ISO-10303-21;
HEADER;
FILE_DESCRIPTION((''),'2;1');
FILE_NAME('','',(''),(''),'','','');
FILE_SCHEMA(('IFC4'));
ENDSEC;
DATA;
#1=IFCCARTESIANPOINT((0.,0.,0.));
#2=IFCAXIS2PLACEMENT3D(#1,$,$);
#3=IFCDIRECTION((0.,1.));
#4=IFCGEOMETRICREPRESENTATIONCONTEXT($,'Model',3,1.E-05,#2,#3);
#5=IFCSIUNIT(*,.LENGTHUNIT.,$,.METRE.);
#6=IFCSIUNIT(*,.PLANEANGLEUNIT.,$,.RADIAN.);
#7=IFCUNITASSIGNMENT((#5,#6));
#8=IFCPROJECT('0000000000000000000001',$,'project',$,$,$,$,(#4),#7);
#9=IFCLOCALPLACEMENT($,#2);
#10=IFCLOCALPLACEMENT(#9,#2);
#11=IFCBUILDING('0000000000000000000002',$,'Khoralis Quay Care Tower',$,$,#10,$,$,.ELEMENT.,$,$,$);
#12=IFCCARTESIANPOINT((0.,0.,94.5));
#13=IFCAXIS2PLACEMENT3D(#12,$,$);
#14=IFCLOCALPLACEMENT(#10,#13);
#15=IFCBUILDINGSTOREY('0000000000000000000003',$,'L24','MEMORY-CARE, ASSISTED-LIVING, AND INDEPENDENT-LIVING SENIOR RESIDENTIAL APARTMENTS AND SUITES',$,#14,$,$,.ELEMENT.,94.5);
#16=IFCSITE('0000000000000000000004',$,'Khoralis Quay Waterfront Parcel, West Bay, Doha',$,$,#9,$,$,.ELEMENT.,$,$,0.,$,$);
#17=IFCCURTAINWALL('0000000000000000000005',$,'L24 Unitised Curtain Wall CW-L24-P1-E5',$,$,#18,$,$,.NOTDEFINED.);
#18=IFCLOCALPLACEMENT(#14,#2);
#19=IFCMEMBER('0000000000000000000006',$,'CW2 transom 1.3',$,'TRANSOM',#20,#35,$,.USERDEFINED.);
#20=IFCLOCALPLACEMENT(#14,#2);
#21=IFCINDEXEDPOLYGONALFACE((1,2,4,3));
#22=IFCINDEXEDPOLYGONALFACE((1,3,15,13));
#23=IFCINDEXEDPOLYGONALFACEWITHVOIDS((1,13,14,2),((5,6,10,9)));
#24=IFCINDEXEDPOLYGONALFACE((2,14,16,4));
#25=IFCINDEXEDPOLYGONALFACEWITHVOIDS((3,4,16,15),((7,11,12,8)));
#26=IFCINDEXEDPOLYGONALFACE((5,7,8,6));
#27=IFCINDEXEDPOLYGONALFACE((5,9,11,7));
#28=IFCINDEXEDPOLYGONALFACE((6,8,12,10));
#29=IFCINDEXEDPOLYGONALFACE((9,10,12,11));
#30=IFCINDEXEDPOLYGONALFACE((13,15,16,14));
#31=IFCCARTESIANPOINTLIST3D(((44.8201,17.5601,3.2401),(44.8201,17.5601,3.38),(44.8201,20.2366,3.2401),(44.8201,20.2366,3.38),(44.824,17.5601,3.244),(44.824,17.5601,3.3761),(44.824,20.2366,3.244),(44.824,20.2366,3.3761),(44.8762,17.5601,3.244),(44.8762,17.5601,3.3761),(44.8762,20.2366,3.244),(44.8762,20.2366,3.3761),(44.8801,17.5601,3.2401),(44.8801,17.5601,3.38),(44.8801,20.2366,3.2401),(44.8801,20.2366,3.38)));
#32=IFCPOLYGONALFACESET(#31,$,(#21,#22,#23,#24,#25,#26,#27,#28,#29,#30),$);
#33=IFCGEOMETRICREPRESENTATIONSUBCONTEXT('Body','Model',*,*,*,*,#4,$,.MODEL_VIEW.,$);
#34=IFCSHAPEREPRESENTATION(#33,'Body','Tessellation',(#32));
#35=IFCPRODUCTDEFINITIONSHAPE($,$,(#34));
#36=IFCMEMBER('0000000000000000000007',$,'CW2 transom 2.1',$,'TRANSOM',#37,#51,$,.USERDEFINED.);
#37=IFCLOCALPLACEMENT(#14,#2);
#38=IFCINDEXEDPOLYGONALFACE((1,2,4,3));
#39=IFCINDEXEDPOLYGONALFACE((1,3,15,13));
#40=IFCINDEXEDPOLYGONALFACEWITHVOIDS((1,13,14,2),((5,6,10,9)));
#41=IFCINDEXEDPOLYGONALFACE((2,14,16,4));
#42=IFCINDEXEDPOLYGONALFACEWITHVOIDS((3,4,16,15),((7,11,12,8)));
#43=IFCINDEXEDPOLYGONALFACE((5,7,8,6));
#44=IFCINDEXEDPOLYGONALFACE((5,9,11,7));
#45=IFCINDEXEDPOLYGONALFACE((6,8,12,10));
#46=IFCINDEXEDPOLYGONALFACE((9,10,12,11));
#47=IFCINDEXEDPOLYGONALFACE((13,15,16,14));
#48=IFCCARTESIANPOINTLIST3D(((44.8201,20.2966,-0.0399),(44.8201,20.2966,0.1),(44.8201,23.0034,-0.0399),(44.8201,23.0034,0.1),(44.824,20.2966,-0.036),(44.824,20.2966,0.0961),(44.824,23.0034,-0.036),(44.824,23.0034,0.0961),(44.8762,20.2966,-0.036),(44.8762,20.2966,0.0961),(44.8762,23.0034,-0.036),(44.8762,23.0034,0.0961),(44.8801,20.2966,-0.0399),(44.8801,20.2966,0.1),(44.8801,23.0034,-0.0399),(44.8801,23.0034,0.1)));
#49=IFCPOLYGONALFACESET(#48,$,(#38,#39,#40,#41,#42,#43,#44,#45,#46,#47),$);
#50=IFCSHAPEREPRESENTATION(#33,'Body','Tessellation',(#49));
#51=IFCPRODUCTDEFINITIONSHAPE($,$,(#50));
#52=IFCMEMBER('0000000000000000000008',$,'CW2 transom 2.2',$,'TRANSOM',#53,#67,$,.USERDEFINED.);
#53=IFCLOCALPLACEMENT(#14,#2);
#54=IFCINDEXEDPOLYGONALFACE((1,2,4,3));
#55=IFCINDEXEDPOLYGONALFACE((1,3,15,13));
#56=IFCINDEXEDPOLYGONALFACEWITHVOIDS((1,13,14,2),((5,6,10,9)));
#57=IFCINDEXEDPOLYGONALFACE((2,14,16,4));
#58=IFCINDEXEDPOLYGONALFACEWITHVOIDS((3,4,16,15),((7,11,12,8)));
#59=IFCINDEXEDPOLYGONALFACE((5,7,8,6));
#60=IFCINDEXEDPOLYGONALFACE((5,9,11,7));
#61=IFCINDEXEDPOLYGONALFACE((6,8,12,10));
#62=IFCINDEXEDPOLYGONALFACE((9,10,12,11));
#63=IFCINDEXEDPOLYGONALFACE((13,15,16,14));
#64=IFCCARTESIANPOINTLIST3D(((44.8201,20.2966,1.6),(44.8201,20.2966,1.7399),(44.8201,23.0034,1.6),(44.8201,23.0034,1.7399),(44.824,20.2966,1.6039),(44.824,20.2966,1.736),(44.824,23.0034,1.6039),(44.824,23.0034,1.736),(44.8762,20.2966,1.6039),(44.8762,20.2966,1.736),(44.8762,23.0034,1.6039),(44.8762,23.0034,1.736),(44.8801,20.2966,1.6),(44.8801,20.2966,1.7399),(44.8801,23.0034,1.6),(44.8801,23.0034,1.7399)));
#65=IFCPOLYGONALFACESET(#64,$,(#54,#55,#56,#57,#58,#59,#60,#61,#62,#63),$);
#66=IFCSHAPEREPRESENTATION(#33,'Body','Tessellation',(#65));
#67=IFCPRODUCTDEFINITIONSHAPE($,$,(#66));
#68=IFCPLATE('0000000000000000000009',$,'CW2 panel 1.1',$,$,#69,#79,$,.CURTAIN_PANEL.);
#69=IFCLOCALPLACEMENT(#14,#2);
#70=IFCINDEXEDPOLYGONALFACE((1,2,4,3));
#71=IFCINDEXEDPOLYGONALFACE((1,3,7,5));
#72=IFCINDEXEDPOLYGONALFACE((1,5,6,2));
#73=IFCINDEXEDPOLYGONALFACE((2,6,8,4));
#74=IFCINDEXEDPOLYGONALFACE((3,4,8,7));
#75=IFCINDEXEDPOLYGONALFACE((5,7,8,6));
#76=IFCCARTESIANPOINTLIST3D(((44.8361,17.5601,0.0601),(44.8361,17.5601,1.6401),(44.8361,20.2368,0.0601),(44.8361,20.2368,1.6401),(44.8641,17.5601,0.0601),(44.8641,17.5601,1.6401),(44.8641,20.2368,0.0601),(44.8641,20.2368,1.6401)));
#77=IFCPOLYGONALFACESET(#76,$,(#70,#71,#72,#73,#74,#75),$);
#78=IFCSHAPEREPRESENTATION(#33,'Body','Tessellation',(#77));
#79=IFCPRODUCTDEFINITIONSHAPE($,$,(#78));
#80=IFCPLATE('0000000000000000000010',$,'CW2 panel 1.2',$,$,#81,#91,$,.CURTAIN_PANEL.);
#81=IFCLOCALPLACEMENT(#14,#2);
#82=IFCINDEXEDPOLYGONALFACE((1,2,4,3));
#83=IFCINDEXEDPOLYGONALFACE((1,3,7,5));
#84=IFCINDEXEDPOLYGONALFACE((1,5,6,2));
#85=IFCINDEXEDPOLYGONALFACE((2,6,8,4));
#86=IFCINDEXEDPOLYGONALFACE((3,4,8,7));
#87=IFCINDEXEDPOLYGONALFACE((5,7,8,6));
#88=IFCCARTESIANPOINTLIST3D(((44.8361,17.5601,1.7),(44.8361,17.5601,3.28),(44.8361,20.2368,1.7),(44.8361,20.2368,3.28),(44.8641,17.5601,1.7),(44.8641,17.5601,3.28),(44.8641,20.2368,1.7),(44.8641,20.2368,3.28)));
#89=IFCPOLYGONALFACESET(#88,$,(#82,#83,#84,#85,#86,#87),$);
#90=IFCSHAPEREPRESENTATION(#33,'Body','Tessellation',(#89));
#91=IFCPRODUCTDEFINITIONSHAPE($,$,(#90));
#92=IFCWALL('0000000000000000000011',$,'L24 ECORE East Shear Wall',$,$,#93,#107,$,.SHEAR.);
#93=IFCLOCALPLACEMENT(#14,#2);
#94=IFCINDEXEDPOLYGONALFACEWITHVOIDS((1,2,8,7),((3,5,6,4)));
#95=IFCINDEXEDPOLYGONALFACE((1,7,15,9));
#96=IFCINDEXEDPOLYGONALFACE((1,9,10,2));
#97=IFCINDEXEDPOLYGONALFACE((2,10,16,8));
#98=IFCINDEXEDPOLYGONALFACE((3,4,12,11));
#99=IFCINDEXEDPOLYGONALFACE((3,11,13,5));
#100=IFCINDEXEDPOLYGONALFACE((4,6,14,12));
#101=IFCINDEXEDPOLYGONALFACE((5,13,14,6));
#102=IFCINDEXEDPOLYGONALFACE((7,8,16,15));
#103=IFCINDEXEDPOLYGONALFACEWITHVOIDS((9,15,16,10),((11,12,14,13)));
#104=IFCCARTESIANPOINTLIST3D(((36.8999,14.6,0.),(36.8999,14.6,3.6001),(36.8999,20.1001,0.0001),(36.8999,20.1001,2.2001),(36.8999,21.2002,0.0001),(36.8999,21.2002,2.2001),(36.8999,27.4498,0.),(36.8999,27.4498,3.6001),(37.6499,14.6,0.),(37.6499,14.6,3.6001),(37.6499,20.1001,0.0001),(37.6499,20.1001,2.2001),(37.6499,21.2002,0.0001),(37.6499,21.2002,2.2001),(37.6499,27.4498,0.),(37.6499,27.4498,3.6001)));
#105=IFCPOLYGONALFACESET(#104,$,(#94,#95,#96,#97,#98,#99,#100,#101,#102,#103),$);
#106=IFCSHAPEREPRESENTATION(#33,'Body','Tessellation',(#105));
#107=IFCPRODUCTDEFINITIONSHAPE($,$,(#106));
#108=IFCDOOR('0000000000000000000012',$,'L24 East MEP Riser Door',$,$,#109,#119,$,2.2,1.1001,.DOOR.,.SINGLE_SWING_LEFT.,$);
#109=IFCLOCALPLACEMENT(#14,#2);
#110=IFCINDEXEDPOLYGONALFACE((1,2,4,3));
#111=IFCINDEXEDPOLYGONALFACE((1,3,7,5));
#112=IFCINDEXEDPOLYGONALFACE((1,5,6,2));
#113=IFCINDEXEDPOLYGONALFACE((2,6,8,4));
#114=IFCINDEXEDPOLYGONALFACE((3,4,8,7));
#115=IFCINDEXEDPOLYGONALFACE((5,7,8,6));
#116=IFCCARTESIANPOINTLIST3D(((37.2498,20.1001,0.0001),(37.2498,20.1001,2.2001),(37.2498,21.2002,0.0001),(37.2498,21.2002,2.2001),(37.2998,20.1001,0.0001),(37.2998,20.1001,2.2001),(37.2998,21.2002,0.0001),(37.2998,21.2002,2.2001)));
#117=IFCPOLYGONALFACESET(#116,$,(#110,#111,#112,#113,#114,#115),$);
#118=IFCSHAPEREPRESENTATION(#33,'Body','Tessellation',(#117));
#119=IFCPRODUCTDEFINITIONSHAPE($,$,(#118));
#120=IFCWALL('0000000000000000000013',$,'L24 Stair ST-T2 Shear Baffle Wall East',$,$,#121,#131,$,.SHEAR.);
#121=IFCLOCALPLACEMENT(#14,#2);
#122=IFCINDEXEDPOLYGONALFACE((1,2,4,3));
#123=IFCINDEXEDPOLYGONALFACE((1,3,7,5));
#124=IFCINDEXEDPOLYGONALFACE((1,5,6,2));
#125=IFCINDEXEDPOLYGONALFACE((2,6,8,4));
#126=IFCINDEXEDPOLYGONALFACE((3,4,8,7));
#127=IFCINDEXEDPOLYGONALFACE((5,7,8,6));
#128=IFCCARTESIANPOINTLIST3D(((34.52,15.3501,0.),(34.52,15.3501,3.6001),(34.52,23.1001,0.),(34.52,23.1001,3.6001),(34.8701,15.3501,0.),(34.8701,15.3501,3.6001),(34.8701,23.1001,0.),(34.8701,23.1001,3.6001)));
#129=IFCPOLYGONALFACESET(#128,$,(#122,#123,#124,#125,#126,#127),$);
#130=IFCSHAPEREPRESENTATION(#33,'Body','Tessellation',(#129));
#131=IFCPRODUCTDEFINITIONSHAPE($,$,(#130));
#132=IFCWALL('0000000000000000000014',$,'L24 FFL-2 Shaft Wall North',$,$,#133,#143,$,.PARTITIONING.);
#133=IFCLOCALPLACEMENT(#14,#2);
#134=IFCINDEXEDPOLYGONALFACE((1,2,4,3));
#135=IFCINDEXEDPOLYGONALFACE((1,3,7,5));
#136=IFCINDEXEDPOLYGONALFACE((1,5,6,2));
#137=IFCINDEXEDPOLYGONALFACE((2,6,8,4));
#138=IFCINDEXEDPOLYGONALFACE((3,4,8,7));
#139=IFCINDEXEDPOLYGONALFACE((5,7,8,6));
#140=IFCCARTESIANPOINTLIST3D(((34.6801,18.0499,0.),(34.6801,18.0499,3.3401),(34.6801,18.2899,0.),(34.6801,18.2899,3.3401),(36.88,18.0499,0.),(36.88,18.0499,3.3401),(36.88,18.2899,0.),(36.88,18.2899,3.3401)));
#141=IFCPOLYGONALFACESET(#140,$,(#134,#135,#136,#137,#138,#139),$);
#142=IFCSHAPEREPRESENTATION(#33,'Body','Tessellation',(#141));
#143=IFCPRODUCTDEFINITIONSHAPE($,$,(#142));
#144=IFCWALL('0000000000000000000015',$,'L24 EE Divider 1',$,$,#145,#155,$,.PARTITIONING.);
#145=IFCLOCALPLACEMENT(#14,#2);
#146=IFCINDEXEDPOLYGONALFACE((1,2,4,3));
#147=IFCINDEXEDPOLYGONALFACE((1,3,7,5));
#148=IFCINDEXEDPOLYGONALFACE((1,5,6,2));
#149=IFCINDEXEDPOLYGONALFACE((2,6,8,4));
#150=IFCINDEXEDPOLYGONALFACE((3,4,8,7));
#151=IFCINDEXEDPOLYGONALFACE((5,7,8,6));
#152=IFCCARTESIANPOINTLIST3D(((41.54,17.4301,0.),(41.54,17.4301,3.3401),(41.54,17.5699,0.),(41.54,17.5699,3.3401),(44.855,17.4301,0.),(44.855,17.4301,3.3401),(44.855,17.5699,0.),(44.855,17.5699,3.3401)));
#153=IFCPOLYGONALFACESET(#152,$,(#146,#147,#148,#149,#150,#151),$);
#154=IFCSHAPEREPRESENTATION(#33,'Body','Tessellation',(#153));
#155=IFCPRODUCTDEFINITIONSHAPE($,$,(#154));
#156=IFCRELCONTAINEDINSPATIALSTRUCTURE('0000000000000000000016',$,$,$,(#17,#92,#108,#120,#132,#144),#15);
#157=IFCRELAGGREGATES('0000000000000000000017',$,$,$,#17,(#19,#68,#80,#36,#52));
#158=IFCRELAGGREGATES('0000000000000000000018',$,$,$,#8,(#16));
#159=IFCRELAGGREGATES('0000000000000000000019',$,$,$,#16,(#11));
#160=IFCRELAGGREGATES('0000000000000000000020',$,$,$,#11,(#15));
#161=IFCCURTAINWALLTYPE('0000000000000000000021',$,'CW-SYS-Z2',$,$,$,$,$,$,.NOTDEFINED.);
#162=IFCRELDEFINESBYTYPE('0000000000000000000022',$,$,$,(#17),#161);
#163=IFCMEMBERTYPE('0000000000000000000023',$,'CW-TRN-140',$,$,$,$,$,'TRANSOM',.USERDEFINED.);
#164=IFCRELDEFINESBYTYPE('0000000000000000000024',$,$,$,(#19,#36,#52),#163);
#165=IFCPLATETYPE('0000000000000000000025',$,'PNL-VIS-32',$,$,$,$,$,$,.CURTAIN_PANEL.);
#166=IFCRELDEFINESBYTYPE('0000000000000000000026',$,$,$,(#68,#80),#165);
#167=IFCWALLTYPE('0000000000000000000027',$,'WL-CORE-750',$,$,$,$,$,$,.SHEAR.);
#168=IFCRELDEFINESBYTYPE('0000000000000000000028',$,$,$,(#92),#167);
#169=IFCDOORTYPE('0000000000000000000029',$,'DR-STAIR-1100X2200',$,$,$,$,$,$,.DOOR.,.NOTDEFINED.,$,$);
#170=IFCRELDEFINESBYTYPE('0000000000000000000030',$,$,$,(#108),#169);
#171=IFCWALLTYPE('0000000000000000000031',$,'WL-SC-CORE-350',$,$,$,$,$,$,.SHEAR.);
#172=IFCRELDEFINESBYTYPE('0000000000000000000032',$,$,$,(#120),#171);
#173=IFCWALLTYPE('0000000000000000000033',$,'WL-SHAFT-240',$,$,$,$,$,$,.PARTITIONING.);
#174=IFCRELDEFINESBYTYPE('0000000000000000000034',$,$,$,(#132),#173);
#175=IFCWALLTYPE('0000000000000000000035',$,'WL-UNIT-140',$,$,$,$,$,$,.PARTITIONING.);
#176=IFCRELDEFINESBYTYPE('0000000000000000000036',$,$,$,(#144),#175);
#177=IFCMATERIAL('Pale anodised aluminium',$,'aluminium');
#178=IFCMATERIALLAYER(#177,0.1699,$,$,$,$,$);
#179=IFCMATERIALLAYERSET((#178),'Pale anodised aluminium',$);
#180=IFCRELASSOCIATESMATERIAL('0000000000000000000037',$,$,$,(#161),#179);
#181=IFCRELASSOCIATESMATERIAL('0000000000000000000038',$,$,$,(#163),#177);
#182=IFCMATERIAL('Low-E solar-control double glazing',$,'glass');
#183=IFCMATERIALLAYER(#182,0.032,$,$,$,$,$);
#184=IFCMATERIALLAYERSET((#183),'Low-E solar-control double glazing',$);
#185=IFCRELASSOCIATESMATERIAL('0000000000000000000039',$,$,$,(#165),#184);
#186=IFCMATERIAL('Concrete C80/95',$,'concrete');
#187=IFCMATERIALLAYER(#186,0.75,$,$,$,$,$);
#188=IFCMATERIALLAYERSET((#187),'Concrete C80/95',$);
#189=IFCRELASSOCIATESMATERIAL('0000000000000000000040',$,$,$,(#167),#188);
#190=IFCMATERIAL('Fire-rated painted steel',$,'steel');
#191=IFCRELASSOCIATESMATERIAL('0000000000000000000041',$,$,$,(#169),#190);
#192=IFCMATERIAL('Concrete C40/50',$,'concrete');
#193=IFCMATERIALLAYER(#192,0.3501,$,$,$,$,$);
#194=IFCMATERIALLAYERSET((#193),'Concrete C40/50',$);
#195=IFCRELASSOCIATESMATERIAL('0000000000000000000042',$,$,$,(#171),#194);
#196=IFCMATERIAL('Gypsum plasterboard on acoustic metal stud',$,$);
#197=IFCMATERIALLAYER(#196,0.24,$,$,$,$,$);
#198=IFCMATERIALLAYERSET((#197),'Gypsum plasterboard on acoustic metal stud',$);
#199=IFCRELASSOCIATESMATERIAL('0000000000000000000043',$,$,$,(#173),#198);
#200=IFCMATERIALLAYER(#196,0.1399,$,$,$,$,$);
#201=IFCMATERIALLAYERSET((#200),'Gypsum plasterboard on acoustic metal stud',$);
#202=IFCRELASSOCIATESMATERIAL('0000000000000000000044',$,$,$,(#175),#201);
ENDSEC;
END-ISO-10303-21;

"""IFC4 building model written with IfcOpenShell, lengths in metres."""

from ifc_helpers import new_model, si_unit, direction, frame, frame_2d, origin, origin_2d, place, context, subcontext, project, spatial, rectangle, hollow_rectangle, extrude, source, transform, mapped, material, layer, layer_set, material_profile, profile_set, type_object, element, fill, aggregate, save


model = new_model("IFC4")

# Units and contexts
model_context = context("Model", 3, precision=1e-05, world=origin(), true_north=direction((0.0, 1.0)))
body_context = subcontext(model_context, "Body", "Model", "MODEL_VIEW")
ifc_project = project(units=[si_unit("LENGTHUNIT", "METRE"), si_unit("PLANEANGLEUNIT", "RADIAN")], contexts=[model_context])

# Site, building, storey
site_placement = place(None, origin())
site = spatial("IfcSite", under=ifc_project, at=site_placement, Name="Khoralis Quay Waterfront Parcel, West Bay, Doha", CompositionType="ELEMENT", RefElevation=0.0)
building_placement = place(site_placement, origin())
building = spatial("IfcBuilding", under=site, at=building_placement, Name="Khoralis Quay Care Tower", CompositionType="ELEMENT")
storey_placement = place(building_placement, frame((0.0, 0.0, 94.5)))
storey = spatial("IfcBuildingStorey", under=building, at=storey_placement, Name="L24", Description="MEMORY-CARE, ASSISTED-LIVING, AND INDEPENDENT-LIVING SENIOR RESIDENTIAL APARTMENTS AND SUITES", CompositionType="ELEMENT", Elevation=94.5)

# Curtain wall, members, plates
ifc_material_1 = material(Name="Pale anodised aluminium", Category="aluminium")
ifc_layer_1 = layer(ifc_material_1, 0.1699)
ifc_layer_set_1 = layer_set([ifc_layer_1], Name="Pale anodised aluminium")
curtain_wall_type = type_object("IfcCurtainWallType", Name="CW-SYS-Z2", PredefinedType="NOTDEFINED", material=ifc_layer_set_1)
curtain_wall_placement = place(storey_placement, origin())
curtain_wall = element("IfcCurtainWall", 1, at=curtain_wall_placement, inside=storey, type_object=curtain_wall_type, Name="L24 Unitised Curtain Wall CW-L24-P1-E5", PredefinedType="NOTDEFINED")
ifc_material_profile_1 = material_profile(ifc_material_1, hollow_rectangle(XDim=0.0601, YDim=0.1399, WallThickness=0.0039, at=origin_2d()), Name="Pale anodised aluminium")
ifc_profile_set_1 = profile_set([ifc_material_profile_1], Name="Pale anodised aluminium")
member_type_1 = type_object("IfcMemberType", Name="CW-TRN-140", ElementType="TRANSOM", PredefinedType="USERDEFINED", material=ifc_profile_set_1)
shared_shape_1 = source(origin(), body_context, "Body", "SweptSolid", [
    extrude(hollow_rectangle(XDim=0.0601, YDim=0.1399, WallThickness=0.0039, at=origin_2d()), origin(), (0.0, 0.0, 1.0), 2.6765),
])
member_1_placement = place(storey_placement, frame((44.8501, 17.5601, 3.3101), z_axis=(0.0, 1.0, 0.0), x_axis=(-1.0, 0.0, 0.0)))
member_1 = element("IfcMember", 2, at=member_1_placement, type_object=member_type_1, Name="CW2 transom 1.3", ObjectType="TRANSOM", PredefinedType="USERDEFINED", context=body_context, shape_type="MappedRepresentation", body=[
    mapped(shared_shape_1, transform((0.0, 0.0, 0.0), scale=1.0)),
])
shared_shape_2 = source(origin(), body_context, "Body", "SweptSolid", [
    extrude(hollow_rectangle(XDim=0.0601, YDim=0.1399, WallThickness=0.0039, at=origin_2d()), origin(), (0.0, 0.0, 1.0), 2.7068),
])
member_2_placement = place(storey_placement, frame((44.8501, 20.2966, 0.03), z_axis=(0.0, 1.0, 0.0), x_axis=(-1.0, 0.0, 0.0)))
member_2 = element("IfcMember", 3, at=member_2_placement, type_object=member_type_1, Name="CW2 transom 2.1", ObjectType="TRANSOM", PredefinedType="USERDEFINED", context=body_context, shape_type="MappedRepresentation", body=[
    mapped(shared_shape_2, transform((0.0, 0.0, 0.0), scale=1.0)),
])
member_3_placement = place(storey_placement, frame((44.8501, 20.2966, 1.6699), z_axis=(0.0, 1.0, 0.0), x_axis=(-1.0, 0.0, 0.0)))
member_3 = element("IfcMember", 4, at=member_3_placement, type_object=member_type_1, Name="CW2 transom 2.2", ObjectType="TRANSOM", PredefinedType="USERDEFINED", context=body_context, shape_type="MappedRepresentation", body=[
    mapped(shared_shape_2, transform((0.0, 0.0, 0.0), scale=1.0)),
])
ifc_material_2 = material(Name="Low-E solar-control double glazing", Category="glass")
ifc_layer_2 = layer(ifc_material_2, 0.032)
ifc_layer_set_2 = layer_set([ifc_layer_2], Name="Low-E solar-control double glazing")
plate_type = type_object("IfcPlateType", Name="PNL-VIS-32", PredefinedType="CURTAIN_PANEL", material=ifc_layer_set_2)
shared_shape_3 = source(origin(), body_context, "Body", "SweptSolid", [
    extrude(rectangle(XDim=2.6768, YDim=0.0281, at=origin_2d()), origin(), (0.0, 0.0, 1.0), 1.5801),
])
plate_1_placement = place(storey_placement, frame((44.8501, 18.8984, 0.0601), z_axis=(0.0, 0.0, 1.0), x_axis=(0.0, 1.0, 0.0)))
plate_1 = element("IfcPlate", 5, at=plate_1_placement, type_object=plate_type, Name="CW2 panel 1.1", PredefinedType="CURTAIN_PANEL", context=body_context, shape_type="MappedRepresentation", body=[
    mapped(shared_shape_3, transform((0.0, 0.0, 0.0), scale=1.0)),
])
plate_2_placement = place(storey_placement, frame((44.8501, 18.8984, 1.7), z_axis=(0.0, 0.0, 1.0), x_axis=(0.0, 1.0, 0.0)))
plate_2 = element("IfcPlate", 6, at=plate_2_placement, type_object=plate_type, Name="CW2 panel 1.2", PredefinedType="CURTAIN_PANEL", context=body_context, shape_type="MappedRepresentation", body=[
    mapped(shared_shape_3, transform((0.0, 0.0, 0.0), scale=1.0)),
])
aggregate(curtain_wall, [member_1, plate_1, plate_2, member_2, member_3])

# Wall, opening, door
ifc_material_3 = material(Name="Concrete C80/95", Category="concrete")
ifc_layer_3 = layer(ifc_material_3, 0.75)
ifc_layer_set_3 = layer_set([ifc_layer_3], Name="Concrete C80/95")
wall_type_1 = type_object("IfcWallType", Name="WL-CORE-750", PredefinedType="SHEAR", material=ifc_layer_set_3)
wall_1_placement = place(storey_placement, frame((37.2749, 14.6001, 0.0), z_axis=(0.0, 0.0, 1.0), x_axis=(0.0, 1.0, 0.0)))
wall_1 = element("IfcWall", 7, at=wall_1_placement, inside=storey, type_object=wall_type_1, Name="L24 ECORE East Shear Wall", PredefinedType="SHEAR", context=body_context, shape_type="SweptSolid", body=[
    extrude(rectangle(XDim=12.8499, YDim=0.75, at=frame_2d((6.4248, 0.0))), origin(), (0.0, 0.0, 1.0), 3.6001),
])
opening_placement = place(wall_1_placement, frame((5.5, 0.0, 0.0)))
opening = element("IfcOpeningElement", 8, at=opening_placement, cuts=wall_1, PredefinedType="OPENING", context=body_context, shape_type="SweptSolid", body=[
    extrude(rectangle(XDim=1.1001, YDim=2.2, at=frame_2d((0.55, 1.1001))), frame((0.0, 0.385, 0.0), z_axis=(0.0, -1.0, 0.0), x_axis=(1.0, 0.0, 0.0)), (0.0, 0.0, 1.0), 0.77),
])
ifc_material_4 = material(Name="Fire-rated painted steel", Category="steel")
door_type = type_object("IfcDoorType", Name="DR-STAIR-1100X2200", OperationType="NOTDEFINED", PredefinedType="DOOR", material=ifc_material_4)
shared_shape_4 = source(origin(), body_context, "Body", "SweptSolid", [
    extrude(rectangle(XDim=1.1001, YDim=2.2, at=frame_2d((0.55, 1.1001))), frame((0.0, 0.0249, 0.0), z_axis=(0.0, -1.0, 0.0), x_axis=(1.0, 0.0, 0.0)), (0.0, 0.0, 1.0), 0.05),
])
door_placement = place(opening_placement, frame((1.1001, 0.0, 0.0), z_axis=(0.0, 0.0, 1.0), x_axis=(-1.0, 0.0, 0.0)))
door = element("IfcDoor", 9, at=door_placement, inside=storey, type_object=door_type, Name="L24 East MEP Riser Door", OperationType="SINGLE_SWING_LEFT", OverallHeight=2.2, OverallWidth=1.1001, PredefinedType="DOOR", context=body_context, shape_type="MappedRepresentation", body=[
    mapped(shared_shape_4, transform((0.0, 0.0, 0.0), scale=1.0)),
])
fill(opening, door)

# Walls
ifc_material_5 = material(Name="Concrete C40/50", Category="concrete")
ifc_layer_4 = layer(ifc_material_5, 0.3501)
ifc_layer_set_4 = layer_set([ifc_layer_4], Name="Concrete C40/50")
wall_type_2 = type_object("IfcWallType", Name="WL-SC-CORE-350", PredefinedType="SHEAR", material=ifc_layer_set_4)
wall_2_placement = place(storey_placement, frame((34.6951, 15.3501, 0.0), z_axis=(0.0, 0.0, 1.0), x_axis=(0.0, 1.0, 0.0)))
element("IfcWall", 10, at=wall_2_placement, inside=storey, type_object=wall_type_2, Name="L24 Stair ST-T2 Shear Baffle Wall East", PredefinedType="SHEAR", context=body_context, shape_type="SweptSolid", body=[
    extrude(rectangle(XDim=7.75, YDim=0.3501, at=frame_2d((3.875, 0.0))), origin(), (0.0, 0.0, 1.0), 3.6001),
])
ifc_material_6 = material(Name="Gypsum plasterboard on acoustic metal stud")
ifc_layer_5 = layer(ifc_material_6, 0.24)
ifc_layer_set_5 = layer_set([ifc_layer_5], Name="Gypsum plasterboard on acoustic metal stud")
wall_type_3 = type_object("IfcWallType", Name="WL-SHAFT-240", PredefinedType="PARTITIONING", material=ifc_layer_set_5)
wall_3_placement = place(storey_placement, frame((34.6799, 18.1699, 0.0), z_axis=(0.0, 0.0, 1.0), x_axis=(1.0, 0.0, 0.0)))
element("IfcWall", 11, at=wall_3_placement, inside=storey, type_object=wall_type_3, Name="L24 FFL-2 Shaft Wall North", PredefinedType="PARTITIONING", context=body_context, shape_type="SweptSolid", body=[
    extrude(rectangle(XDim=2.2, YDim=0.24, at=frame_2d((1.1001, 0.0))), origin(), (0.0, 0.0, 1.0), 3.3401),
])
ifc_layer_6 = layer(ifc_material_6, 0.1399)
ifc_layer_set_6 = layer_set([ifc_layer_6], Name="Gypsum plasterboard on acoustic metal stud")
wall_type_4 = type_object("IfcWallType", Name="WL-UNIT-140", PredefinedType="PARTITIONING", material=ifc_layer_set_6)
wall_4_placement = place(storey_placement, frame((41.54, 17.5, 0.0), z_axis=(0.0, 0.0, 1.0), x_axis=(1.0, 0.0, 0.0)))
element("IfcWall", 12, at=wall_4_placement, inside=storey, type_object=wall_type_4, Name="L24 EE Divider 1", PredefinedType="PARTITIONING", context=body_context, shape_type="SweptSolid", body=[
    extrude(rectangle(XDim=3.3149, YDim=0.1399, at=frame_2d((1.6575, 0.0))), origin(), (0.0, 0.0, 1.0), 3.3401),
])

save(model, "model.ifc")
